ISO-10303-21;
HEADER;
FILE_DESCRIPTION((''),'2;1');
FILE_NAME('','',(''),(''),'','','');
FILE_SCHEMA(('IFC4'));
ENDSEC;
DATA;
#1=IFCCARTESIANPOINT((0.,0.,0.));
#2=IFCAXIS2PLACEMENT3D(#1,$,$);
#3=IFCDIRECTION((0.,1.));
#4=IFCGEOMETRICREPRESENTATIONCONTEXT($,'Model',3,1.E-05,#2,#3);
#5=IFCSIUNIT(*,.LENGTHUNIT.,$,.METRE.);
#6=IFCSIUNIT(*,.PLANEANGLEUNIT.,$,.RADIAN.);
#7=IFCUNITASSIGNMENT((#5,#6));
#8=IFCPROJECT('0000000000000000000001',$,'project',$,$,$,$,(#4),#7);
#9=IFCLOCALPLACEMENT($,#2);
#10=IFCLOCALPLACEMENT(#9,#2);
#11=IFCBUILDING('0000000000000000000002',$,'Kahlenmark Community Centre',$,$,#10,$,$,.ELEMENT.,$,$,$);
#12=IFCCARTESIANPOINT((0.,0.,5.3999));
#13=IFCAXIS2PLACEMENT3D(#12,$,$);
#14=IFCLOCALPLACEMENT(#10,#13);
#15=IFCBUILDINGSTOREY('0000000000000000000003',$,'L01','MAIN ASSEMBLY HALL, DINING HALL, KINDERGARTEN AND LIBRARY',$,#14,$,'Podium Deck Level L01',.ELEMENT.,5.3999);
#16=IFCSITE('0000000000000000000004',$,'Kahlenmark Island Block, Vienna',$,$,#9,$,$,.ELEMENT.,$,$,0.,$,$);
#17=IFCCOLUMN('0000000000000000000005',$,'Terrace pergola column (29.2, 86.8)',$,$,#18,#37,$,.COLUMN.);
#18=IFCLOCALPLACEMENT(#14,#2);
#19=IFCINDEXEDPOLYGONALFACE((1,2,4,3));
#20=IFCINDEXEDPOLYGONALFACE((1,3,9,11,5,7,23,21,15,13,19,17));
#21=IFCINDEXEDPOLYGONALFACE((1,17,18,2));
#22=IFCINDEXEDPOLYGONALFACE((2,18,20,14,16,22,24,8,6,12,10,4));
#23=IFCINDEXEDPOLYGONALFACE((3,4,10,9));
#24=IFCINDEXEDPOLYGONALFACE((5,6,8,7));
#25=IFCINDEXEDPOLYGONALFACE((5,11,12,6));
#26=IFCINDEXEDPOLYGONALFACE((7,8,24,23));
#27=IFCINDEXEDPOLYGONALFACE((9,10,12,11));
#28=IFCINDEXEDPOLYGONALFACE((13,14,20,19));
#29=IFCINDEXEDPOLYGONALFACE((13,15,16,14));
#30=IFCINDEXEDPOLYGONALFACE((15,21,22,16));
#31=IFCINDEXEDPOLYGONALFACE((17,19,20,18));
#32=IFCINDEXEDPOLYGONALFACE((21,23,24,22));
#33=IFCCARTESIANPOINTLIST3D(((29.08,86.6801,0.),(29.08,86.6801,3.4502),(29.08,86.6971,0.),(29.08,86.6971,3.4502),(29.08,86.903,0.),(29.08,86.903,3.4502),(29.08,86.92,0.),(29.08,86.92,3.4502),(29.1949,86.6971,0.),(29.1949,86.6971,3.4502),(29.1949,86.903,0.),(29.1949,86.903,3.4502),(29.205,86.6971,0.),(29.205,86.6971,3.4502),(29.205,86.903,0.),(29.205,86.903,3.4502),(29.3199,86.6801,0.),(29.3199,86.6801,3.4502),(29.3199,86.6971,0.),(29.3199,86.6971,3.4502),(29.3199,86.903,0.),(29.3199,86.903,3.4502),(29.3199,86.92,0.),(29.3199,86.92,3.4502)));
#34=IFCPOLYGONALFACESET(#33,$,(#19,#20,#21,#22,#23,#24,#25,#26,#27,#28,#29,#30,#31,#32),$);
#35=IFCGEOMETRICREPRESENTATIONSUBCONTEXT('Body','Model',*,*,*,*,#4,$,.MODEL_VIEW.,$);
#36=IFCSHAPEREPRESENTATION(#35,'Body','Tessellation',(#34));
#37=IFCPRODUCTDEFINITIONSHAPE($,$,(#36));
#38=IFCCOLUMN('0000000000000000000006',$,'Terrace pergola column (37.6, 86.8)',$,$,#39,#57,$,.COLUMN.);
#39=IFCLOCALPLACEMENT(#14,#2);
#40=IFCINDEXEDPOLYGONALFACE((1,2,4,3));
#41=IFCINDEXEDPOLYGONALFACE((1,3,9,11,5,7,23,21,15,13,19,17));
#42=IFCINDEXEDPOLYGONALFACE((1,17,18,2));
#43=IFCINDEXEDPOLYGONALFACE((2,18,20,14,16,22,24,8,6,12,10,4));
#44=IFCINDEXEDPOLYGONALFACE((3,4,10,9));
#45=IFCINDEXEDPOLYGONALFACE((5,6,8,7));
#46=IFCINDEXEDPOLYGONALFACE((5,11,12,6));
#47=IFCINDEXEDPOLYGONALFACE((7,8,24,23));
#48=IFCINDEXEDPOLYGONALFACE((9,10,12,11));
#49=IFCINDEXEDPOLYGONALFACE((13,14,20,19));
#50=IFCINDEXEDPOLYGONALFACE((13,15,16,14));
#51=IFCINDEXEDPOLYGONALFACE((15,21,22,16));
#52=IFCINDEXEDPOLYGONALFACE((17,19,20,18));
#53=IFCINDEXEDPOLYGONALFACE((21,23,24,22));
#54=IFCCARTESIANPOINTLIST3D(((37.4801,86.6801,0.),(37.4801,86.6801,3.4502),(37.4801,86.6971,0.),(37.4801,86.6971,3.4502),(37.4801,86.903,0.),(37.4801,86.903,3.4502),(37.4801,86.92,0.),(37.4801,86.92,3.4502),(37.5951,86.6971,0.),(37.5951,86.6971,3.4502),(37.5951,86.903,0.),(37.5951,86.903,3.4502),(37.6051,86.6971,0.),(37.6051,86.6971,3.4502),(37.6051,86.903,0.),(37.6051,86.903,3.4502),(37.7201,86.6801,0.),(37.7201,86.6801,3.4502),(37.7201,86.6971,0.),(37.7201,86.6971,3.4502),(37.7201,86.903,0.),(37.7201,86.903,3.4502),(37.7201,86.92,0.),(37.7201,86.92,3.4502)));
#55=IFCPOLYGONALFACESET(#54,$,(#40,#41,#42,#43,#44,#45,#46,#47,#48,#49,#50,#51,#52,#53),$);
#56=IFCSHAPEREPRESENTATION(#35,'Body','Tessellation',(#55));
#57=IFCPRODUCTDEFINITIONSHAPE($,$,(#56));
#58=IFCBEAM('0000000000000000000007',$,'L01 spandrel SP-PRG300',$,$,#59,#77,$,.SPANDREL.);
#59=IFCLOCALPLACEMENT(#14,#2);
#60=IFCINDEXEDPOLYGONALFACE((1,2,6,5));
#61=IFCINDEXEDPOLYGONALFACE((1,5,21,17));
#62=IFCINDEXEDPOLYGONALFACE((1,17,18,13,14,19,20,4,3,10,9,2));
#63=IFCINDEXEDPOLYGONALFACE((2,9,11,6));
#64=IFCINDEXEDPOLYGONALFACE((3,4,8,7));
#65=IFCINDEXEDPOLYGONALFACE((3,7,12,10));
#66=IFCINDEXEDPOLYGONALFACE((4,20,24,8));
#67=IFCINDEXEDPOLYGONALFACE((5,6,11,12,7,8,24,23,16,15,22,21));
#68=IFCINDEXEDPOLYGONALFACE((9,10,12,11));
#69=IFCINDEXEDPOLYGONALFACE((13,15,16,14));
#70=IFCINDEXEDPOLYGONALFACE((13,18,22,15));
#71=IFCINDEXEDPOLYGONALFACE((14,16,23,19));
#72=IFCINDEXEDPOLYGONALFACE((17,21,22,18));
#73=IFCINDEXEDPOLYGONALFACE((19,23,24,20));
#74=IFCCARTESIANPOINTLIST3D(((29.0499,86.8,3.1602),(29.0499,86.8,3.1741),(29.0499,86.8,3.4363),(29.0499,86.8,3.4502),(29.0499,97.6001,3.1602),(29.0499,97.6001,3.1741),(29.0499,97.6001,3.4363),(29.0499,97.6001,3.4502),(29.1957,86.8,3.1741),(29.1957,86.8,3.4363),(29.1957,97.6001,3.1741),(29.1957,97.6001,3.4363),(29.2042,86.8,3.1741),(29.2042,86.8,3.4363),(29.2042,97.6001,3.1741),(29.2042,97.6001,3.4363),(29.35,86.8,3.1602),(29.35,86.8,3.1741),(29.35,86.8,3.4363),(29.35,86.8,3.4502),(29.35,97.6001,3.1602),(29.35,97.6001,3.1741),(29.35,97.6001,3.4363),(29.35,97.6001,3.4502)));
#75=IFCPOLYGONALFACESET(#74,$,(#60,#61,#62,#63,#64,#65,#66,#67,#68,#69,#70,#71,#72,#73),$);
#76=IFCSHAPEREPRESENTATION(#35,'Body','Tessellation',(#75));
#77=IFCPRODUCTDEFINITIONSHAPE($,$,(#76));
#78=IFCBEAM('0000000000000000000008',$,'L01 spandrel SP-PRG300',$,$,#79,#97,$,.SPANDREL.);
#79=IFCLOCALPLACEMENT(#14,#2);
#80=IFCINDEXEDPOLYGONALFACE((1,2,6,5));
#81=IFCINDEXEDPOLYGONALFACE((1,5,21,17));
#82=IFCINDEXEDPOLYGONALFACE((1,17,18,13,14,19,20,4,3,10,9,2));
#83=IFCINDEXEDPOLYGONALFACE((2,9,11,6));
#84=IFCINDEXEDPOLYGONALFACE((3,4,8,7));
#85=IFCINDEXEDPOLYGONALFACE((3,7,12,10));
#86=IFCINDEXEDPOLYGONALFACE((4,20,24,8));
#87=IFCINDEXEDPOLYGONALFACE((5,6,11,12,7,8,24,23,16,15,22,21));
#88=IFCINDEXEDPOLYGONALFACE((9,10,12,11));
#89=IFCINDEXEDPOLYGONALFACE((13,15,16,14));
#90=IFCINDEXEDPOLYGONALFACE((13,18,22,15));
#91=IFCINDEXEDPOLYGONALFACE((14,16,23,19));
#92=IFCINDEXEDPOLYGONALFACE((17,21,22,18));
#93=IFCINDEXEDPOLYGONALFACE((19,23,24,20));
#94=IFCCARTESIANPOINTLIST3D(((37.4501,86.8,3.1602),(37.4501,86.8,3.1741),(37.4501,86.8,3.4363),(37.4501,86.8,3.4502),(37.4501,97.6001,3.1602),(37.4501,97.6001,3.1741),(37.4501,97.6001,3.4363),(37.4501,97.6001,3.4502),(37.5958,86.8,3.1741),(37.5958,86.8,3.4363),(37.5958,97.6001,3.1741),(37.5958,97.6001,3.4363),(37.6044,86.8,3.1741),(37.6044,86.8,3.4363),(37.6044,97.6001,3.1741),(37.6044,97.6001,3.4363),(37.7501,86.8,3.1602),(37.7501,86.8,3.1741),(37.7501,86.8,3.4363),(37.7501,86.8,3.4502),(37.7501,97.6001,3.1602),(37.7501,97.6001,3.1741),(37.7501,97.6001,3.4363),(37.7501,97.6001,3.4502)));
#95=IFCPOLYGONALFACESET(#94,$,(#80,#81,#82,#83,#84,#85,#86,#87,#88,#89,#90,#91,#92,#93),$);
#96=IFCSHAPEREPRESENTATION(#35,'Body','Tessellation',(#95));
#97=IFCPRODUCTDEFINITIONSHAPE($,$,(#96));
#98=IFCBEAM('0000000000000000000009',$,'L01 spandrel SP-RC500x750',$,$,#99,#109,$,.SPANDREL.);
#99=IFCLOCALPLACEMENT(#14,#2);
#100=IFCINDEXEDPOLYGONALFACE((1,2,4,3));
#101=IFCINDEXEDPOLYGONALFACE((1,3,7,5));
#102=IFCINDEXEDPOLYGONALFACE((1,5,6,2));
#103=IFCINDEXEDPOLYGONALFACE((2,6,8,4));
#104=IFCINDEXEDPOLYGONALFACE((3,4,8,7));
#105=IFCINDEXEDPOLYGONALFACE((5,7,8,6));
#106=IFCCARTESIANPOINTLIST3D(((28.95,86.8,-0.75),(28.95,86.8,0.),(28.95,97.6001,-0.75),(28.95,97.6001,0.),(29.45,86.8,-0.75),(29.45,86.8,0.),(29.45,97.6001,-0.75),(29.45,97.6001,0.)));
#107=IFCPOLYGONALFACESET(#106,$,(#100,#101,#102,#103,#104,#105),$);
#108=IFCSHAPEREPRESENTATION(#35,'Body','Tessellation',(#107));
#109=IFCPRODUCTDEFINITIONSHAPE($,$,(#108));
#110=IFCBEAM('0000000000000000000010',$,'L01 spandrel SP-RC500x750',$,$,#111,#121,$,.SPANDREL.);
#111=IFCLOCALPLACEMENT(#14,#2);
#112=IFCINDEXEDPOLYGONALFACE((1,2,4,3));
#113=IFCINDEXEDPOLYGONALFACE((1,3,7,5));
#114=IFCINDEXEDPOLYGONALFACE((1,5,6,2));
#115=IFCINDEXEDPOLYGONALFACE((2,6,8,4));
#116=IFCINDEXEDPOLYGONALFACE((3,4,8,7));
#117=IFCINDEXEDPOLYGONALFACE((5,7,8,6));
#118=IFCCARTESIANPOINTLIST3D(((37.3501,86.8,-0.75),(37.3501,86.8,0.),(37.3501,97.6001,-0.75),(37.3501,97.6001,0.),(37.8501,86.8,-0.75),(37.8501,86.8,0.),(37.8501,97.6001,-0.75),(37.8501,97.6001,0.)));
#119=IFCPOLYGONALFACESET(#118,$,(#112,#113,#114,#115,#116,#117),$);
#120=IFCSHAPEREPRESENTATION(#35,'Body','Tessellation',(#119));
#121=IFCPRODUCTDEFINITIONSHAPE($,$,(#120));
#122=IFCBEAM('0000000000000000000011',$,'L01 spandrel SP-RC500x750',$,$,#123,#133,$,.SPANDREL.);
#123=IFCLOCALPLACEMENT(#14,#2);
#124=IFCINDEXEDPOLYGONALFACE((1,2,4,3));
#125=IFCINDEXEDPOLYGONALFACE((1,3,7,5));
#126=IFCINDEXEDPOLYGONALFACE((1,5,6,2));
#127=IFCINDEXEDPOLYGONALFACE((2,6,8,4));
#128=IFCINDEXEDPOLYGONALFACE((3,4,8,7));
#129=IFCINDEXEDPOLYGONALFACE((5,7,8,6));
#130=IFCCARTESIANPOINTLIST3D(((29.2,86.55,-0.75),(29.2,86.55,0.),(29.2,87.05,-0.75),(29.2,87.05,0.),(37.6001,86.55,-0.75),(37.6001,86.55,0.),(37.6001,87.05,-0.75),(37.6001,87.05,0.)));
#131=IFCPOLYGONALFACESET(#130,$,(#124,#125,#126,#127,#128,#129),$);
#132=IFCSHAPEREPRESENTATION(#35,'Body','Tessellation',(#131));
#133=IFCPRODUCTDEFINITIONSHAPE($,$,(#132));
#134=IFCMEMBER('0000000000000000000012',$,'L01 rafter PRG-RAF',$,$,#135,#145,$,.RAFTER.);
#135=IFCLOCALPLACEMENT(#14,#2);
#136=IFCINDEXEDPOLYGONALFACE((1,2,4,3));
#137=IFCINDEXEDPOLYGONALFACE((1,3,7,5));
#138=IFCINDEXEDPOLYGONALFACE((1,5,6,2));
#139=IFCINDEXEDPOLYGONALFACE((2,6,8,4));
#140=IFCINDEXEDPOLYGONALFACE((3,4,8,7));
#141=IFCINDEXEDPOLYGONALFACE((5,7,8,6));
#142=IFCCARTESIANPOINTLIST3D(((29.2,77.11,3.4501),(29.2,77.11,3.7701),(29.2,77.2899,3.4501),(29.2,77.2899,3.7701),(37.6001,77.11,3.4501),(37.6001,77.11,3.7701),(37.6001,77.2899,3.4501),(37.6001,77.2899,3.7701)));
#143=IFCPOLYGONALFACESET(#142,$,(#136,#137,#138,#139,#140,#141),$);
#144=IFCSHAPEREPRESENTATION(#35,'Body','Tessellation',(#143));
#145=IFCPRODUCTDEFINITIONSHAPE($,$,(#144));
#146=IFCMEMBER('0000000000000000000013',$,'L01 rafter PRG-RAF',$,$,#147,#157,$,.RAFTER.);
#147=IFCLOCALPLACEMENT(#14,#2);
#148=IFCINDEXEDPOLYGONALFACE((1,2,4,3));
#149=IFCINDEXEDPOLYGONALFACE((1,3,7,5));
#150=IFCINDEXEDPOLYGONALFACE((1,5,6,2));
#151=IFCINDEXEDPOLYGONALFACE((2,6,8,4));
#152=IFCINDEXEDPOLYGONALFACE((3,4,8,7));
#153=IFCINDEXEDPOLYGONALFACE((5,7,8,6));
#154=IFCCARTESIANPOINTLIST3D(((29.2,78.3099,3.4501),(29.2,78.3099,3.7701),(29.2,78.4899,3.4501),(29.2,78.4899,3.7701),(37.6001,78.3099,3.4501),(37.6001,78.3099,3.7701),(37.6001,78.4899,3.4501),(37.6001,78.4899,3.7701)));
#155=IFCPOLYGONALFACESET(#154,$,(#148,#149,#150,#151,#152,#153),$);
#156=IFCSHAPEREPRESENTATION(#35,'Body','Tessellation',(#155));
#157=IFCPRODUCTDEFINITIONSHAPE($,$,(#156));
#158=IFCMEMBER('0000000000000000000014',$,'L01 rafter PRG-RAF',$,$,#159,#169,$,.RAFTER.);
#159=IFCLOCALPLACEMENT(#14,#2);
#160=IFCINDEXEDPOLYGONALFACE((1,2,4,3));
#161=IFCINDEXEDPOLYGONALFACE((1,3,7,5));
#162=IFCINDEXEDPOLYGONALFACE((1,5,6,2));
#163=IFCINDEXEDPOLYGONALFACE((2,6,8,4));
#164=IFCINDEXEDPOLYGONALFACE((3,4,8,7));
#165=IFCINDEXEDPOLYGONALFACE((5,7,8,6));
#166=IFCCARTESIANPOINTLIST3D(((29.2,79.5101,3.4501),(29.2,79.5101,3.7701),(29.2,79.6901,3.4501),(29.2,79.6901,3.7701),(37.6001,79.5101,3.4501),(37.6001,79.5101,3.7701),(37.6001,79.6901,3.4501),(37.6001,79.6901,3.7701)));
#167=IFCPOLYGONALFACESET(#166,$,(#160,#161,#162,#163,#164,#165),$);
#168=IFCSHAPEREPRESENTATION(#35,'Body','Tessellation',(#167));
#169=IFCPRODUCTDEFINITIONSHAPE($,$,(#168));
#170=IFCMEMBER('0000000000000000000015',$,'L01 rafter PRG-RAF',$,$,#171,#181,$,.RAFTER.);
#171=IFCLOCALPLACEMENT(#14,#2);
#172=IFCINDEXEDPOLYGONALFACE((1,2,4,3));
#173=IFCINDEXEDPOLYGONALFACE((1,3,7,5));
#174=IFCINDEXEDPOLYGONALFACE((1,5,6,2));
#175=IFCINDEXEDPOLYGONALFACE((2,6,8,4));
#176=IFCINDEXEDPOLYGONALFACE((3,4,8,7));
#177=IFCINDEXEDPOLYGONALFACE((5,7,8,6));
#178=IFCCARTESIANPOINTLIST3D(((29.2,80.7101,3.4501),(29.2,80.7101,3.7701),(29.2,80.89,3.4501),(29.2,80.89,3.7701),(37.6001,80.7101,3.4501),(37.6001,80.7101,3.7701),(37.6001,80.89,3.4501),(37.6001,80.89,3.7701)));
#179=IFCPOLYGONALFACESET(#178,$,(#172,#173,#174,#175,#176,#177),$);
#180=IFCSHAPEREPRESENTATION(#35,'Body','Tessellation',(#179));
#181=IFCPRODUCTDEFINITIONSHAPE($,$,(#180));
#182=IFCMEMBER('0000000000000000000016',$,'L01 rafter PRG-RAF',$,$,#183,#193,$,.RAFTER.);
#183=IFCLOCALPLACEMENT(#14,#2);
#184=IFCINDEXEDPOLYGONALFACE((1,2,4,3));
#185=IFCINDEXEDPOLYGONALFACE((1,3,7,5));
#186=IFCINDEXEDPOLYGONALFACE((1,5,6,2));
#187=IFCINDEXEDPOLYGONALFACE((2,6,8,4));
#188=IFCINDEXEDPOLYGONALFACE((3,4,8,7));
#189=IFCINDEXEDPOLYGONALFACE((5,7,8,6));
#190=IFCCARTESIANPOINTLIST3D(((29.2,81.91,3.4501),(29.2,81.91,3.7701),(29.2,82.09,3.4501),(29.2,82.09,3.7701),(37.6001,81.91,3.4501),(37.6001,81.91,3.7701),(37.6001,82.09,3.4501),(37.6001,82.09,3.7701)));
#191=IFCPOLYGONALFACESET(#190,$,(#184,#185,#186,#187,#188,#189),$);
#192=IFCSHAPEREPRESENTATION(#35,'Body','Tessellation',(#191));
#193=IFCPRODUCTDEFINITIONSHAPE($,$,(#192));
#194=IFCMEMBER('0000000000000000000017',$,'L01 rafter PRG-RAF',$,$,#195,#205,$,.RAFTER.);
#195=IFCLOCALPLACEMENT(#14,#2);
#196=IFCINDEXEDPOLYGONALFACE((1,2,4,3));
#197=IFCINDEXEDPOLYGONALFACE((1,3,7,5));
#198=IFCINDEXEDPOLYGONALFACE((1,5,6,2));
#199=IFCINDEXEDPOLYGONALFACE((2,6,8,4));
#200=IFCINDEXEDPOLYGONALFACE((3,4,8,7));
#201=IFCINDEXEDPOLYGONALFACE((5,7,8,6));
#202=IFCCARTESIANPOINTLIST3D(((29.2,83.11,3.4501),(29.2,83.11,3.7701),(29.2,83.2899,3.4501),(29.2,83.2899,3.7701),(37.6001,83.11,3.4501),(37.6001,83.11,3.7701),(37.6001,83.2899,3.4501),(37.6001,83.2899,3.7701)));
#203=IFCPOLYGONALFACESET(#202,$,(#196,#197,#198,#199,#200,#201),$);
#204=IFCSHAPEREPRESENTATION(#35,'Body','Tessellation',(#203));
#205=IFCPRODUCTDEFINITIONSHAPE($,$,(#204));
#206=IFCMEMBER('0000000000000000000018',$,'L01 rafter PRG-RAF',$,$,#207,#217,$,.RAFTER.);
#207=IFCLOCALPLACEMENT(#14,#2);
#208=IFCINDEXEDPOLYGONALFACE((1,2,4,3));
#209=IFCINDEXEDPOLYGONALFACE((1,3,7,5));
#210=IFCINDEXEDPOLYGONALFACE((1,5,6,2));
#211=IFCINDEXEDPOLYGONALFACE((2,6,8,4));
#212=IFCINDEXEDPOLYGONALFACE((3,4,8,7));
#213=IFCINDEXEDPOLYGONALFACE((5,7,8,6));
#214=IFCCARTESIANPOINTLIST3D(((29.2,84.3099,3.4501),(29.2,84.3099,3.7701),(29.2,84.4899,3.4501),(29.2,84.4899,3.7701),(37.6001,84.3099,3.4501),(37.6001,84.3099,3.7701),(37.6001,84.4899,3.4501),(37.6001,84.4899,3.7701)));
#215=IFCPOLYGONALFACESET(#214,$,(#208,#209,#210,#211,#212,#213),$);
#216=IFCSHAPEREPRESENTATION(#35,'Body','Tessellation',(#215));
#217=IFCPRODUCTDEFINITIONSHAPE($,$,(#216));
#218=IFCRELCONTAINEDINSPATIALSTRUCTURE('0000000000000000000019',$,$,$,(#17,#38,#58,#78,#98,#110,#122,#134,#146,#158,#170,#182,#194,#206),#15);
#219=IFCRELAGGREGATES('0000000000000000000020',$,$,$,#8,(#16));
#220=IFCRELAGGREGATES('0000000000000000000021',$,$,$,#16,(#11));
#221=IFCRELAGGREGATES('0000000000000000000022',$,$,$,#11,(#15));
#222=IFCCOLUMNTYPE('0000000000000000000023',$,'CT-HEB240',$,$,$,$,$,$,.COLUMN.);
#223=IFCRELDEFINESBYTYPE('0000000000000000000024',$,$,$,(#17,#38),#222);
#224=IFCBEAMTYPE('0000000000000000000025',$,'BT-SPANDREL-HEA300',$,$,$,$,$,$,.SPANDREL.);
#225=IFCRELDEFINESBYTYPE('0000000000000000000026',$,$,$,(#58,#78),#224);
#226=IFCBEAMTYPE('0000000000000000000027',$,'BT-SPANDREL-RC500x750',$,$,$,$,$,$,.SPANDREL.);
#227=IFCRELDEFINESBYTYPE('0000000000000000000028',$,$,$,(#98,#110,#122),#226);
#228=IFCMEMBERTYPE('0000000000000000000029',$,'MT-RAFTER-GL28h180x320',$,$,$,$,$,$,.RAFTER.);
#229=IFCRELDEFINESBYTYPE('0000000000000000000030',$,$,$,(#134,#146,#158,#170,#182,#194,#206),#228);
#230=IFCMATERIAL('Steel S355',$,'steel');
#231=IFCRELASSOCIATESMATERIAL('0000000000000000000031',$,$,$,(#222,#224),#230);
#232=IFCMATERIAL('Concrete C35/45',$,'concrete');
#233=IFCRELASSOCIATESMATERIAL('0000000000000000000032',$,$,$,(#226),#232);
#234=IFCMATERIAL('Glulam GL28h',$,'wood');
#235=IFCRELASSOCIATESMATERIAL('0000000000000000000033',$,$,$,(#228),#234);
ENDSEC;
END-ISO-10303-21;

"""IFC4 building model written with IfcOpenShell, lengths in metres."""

from ifc_helpers import new_model, si_unit, direction, frame, origin, origin_2d, place, context, subcontext, project, spatial, rectangle, i_section, extrude, material, material_profile, profile_set, type_object, element, save


model = new_model("IFC4")

# Units and contexts
model_context = context("Model", 3, precision=1e-05, world=origin(), true_north=direction((0.0, 1.0)))
body_context = subcontext(model_context, "Body", "Model", "MODEL_VIEW")
ifc_project = project(units=[si_unit("LENGTHUNIT", "METRE"), si_unit("PLANEANGLEUNIT", "RADIAN")], contexts=[model_context])

# Site, building, storey
site_placement = place(None, origin())
site = spatial("IfcSite", under=ifc_project, at=site_placement, Name="Kahlenmark Island Block, Vienna", CompositionType="ELEMENT", RefElevation=0.0)
building_placement = place(site_placement, origin())
building = spatial("IfcBuilding", under=site, at=building_placement, Name="Kahlenmark Community Centre", CompositionType="ELEMENT")
storey_placement = place(building_placement, frame((0.0, 0.0, 5.3999)))
storey = spatial("IfcBuildingStorey", under=building, at=storey_placement, Name="L01", Description="MAIN ASSEMBLY HALL, DINING HALL, KINDERGARTEN AND LIBRARY", LongName="Podium Deck Level L01", CompositionType="ELEMENT", Elevation=5.3999)

# Columns
ifc_material_1 = material(Name="Steel S355", Category="steel")
ifc_material_profile_1 = material_profile(ifc_material_1, i_section(OverallWidth=0.24, OverallDepth=0.24, WebThickness=0.01, FlangeThickness=0.0171, at=origin_2d()), Name="HEB 240")
ifc_profile_set_1 = profile_set([ifc_material_profile_1], Name="Steel S355")
column_type = type_object("IfcColumnType", Name="CT-HEB240", PredefinedType="COLUMN", material=ifc_profile_set_1)
for number, where, z_axis, x_axis, name in (
    (1, (29.2, 86.8, 0.0), (0.0, 0.0, 1.0), (1.0, 0.0, 0.0), "Terrace pergola column (29.2, 86.8)"),
    (2, (37.6001, 86.8, 0.0), (0.0, 0.0, 1.0), (1.0, 0.0, 0.0), "Terrace pergola column (37.6, 86.8)"),
):
    element("IfcColumn", number, at=place(storey_placement, frame(where, z_axis=z_axis, x_axis=x_axis)), inside=storey, type_object=column_type, Name=name, PredefinedType="COLUMN", context=body_context, shape_type="SweptSolid", body=[
        extrude(i_section(OverallWidth=0.24, OverallDepth=0.24, WebThickness=0.01, FlangeThickness=0.0171, at=origin_2d()), origin(), (0.0, 0.0, 1.0), 3.4502),
    ])

# Beams
ifc_material_profile_2 = material_profile(ifc_material_1, i_section(OverallWidth=0.3, OverallDepth=0.29, WebThickness=0.0085, FlangeThickness=0.0139, at=origin_2d()), Name="HEA 300")
ifc_profile_set_2 = profile_set([ifc_material_profile_2], Name="Steel S355")
beam_type_1 = type_object("IfcBeamType", Name="BT-SPANDREL-HEA300", PredefinedType="SPANDREL", material=ifc_profile_set_2)
for number, where, z_axis, x_axis, name in (
    (3, (29.2, 86.8, 3.3052), (0.0, 1.0, 0.0), (-1.0, 0.0, 0.0), "L01 spandrel SP-PRG300"),
    (4, (37.6001, 86.8, 3.3052), (0.0, 1.0, 0.0), (-1.0, 0.0, 0.0), "L01 spandrel SP-PRG300"),
):
    element("IfcBeam", number, at=place(storey_placement, frame(where, z_axis=z_axis, x_axis=x_axis)), inside=storey, type_object=beam_type_1, Name=name, PredefinedType="SPANDREL", context=body_context, shape_type="SweptSolid", body=[
        extrude(i_section(OverallWidth=0.3, OverallDepth=0.29, WebThickness=0.0085, FlangeThickness=0.0139, at=origin_2d()), origin(), (0.0, 0.0, 1.0), 10.8),
    ])
ifc_material_2 = material(Name="Concrete C35/45", Category="concrete")
ifc_material_profile_3 = material_profile(ifc_material_2, rectangle(XDim=0.5, YDim=0.75, at=origin_2d()), Name="RC 500x750")
ifc_profile_set_3 = profile_set([ifc_material_profile_3], Name="Concrete C35/45")
beam_type_2 = type_object("IfcBeamType", Name="BT-SPANDREL-RC500x750", PredefinedType="SPANDREL", material=ifc_profile_set_3)
for number, where, z_axis, x_axis, name in (
    (5, (29.2, 86.8, -0.375), (0.0, 1.0, 0.0), (-1.0, 0.0, 0.0), "L01 spandrel SP-RC500x750"),
    (6, (37.6001, 86.8, -0.375), (0.0, 1.0, 0.0), (-1.0, 0.0, 0.0), "L01 spandrel SP-RC500x750"),
):
    element("IfcBeam", number, at=place(storey_placement, frame(where, z_axis=z_axis, x_axis=x_axis)), inside=storey, type_object=beam_type_2, Name=name, PredefinedType="SPANDREL", context=body_context, shape_type="SweptSolid", body=[
        extrude(rectangle(XDim=0.5, YDim=0.75, at=origin_2d()), origin(), (0.0, 0.0, 1.0), 10.8),
    ])
beam_placement = place(storey_placement, frame((29.2, 86.8, -0.375), z_axis=(1.0, 0.0, 0.0), x_axis=(0.0, 1.0, 0.0)))
element("IfcBeam", 7, at=beam_placement, inside=storey, type_object=beam_type_2, Name="L01 spandrel SP-RC500x750", PredefinedType="SPANDREL", context=body_context, shape_type="SweptSolid", body=[
    extrude(rectangle(XDim=0.5, YDim=0.75, at=origin_2d()), origin(), (0.0, 0.0, 1.0), 8.4001),
])

# Members
ifc_material_3 = material(Name="Glulam GL28h", Category="wood")
ifc_material_profile_4 = material_profile(ifc_material_3, rectangle(XDim=0.1799, YDim=0.3201, at=origin_2d()), Name="GL28h 180x320")
ifc_profile_set_4 = profile_set([ifc_material_profile_4], Name="Glulam GL28h")
member_type = type_object("IfcMemberType", Name="MT-RAFTER-GL28h180x320", PredefinedType="RAFTER", material=ifc_profile_set_4)
for number, where, z_axis, x_axis, name in (
    (8, (29.2, 77.2, 3.6101), (1.0, 0.0, 0.0), (0.0, 1.0, 0.0), "L01 rafter PRG-RAF"),
    (9, (29.2, 78.3999, 3.6101), (1.0, 0.0, 0.0), (0.0, 1.0, 0.0), "L01 rafter PRG-RAF"),
    (10, (29.2, 79.6001, 3.6101), (1.0, 0.0, 0.0), (0.0, 1.0, 0.0), "L01 rafter PRG-RAF"),
    (11, (29.2, 80.8, 3.6101), (1.0, 0.0, 0.0), (0.0, 1.0, 0.0), "L01 rafter PRG-RAF"),
    (12, (29.2, 82.0, 3.6101), (1.0, 0.0, 0.0), (0.0, 1.0, 0.0), "L01 rafter PRG-RAF"),
    (13, (29.2, 83.2, 3.6101), (1.0, 0.0, 0.0), (0.0, 1.0, 0.0), "L01 rafter PRG-RAF"),
    (14, (29.2, 84.3999, 3.6101), (1.0, 0.0, 0.0), (0.0, 1.0, 0.0), "L01 rafter PRG-RAF"),
):
    element("IfcMember", number, at=place(storey_placement, frame(where, z_axis=z_axis, x_axis=x_axis)), inside=storey, type_object=member_type, Name=name, PredefinedType="RAFTER", context=body_context, shape_type="SweptSolid", body=[
        extrude(rectangle(XDim=0.1799, YDim=0.3201, at=origin_2d()), origin(), (0.0, 0.0, 1.0), 8.4001),
    ])

save(model, "model.ifc")
